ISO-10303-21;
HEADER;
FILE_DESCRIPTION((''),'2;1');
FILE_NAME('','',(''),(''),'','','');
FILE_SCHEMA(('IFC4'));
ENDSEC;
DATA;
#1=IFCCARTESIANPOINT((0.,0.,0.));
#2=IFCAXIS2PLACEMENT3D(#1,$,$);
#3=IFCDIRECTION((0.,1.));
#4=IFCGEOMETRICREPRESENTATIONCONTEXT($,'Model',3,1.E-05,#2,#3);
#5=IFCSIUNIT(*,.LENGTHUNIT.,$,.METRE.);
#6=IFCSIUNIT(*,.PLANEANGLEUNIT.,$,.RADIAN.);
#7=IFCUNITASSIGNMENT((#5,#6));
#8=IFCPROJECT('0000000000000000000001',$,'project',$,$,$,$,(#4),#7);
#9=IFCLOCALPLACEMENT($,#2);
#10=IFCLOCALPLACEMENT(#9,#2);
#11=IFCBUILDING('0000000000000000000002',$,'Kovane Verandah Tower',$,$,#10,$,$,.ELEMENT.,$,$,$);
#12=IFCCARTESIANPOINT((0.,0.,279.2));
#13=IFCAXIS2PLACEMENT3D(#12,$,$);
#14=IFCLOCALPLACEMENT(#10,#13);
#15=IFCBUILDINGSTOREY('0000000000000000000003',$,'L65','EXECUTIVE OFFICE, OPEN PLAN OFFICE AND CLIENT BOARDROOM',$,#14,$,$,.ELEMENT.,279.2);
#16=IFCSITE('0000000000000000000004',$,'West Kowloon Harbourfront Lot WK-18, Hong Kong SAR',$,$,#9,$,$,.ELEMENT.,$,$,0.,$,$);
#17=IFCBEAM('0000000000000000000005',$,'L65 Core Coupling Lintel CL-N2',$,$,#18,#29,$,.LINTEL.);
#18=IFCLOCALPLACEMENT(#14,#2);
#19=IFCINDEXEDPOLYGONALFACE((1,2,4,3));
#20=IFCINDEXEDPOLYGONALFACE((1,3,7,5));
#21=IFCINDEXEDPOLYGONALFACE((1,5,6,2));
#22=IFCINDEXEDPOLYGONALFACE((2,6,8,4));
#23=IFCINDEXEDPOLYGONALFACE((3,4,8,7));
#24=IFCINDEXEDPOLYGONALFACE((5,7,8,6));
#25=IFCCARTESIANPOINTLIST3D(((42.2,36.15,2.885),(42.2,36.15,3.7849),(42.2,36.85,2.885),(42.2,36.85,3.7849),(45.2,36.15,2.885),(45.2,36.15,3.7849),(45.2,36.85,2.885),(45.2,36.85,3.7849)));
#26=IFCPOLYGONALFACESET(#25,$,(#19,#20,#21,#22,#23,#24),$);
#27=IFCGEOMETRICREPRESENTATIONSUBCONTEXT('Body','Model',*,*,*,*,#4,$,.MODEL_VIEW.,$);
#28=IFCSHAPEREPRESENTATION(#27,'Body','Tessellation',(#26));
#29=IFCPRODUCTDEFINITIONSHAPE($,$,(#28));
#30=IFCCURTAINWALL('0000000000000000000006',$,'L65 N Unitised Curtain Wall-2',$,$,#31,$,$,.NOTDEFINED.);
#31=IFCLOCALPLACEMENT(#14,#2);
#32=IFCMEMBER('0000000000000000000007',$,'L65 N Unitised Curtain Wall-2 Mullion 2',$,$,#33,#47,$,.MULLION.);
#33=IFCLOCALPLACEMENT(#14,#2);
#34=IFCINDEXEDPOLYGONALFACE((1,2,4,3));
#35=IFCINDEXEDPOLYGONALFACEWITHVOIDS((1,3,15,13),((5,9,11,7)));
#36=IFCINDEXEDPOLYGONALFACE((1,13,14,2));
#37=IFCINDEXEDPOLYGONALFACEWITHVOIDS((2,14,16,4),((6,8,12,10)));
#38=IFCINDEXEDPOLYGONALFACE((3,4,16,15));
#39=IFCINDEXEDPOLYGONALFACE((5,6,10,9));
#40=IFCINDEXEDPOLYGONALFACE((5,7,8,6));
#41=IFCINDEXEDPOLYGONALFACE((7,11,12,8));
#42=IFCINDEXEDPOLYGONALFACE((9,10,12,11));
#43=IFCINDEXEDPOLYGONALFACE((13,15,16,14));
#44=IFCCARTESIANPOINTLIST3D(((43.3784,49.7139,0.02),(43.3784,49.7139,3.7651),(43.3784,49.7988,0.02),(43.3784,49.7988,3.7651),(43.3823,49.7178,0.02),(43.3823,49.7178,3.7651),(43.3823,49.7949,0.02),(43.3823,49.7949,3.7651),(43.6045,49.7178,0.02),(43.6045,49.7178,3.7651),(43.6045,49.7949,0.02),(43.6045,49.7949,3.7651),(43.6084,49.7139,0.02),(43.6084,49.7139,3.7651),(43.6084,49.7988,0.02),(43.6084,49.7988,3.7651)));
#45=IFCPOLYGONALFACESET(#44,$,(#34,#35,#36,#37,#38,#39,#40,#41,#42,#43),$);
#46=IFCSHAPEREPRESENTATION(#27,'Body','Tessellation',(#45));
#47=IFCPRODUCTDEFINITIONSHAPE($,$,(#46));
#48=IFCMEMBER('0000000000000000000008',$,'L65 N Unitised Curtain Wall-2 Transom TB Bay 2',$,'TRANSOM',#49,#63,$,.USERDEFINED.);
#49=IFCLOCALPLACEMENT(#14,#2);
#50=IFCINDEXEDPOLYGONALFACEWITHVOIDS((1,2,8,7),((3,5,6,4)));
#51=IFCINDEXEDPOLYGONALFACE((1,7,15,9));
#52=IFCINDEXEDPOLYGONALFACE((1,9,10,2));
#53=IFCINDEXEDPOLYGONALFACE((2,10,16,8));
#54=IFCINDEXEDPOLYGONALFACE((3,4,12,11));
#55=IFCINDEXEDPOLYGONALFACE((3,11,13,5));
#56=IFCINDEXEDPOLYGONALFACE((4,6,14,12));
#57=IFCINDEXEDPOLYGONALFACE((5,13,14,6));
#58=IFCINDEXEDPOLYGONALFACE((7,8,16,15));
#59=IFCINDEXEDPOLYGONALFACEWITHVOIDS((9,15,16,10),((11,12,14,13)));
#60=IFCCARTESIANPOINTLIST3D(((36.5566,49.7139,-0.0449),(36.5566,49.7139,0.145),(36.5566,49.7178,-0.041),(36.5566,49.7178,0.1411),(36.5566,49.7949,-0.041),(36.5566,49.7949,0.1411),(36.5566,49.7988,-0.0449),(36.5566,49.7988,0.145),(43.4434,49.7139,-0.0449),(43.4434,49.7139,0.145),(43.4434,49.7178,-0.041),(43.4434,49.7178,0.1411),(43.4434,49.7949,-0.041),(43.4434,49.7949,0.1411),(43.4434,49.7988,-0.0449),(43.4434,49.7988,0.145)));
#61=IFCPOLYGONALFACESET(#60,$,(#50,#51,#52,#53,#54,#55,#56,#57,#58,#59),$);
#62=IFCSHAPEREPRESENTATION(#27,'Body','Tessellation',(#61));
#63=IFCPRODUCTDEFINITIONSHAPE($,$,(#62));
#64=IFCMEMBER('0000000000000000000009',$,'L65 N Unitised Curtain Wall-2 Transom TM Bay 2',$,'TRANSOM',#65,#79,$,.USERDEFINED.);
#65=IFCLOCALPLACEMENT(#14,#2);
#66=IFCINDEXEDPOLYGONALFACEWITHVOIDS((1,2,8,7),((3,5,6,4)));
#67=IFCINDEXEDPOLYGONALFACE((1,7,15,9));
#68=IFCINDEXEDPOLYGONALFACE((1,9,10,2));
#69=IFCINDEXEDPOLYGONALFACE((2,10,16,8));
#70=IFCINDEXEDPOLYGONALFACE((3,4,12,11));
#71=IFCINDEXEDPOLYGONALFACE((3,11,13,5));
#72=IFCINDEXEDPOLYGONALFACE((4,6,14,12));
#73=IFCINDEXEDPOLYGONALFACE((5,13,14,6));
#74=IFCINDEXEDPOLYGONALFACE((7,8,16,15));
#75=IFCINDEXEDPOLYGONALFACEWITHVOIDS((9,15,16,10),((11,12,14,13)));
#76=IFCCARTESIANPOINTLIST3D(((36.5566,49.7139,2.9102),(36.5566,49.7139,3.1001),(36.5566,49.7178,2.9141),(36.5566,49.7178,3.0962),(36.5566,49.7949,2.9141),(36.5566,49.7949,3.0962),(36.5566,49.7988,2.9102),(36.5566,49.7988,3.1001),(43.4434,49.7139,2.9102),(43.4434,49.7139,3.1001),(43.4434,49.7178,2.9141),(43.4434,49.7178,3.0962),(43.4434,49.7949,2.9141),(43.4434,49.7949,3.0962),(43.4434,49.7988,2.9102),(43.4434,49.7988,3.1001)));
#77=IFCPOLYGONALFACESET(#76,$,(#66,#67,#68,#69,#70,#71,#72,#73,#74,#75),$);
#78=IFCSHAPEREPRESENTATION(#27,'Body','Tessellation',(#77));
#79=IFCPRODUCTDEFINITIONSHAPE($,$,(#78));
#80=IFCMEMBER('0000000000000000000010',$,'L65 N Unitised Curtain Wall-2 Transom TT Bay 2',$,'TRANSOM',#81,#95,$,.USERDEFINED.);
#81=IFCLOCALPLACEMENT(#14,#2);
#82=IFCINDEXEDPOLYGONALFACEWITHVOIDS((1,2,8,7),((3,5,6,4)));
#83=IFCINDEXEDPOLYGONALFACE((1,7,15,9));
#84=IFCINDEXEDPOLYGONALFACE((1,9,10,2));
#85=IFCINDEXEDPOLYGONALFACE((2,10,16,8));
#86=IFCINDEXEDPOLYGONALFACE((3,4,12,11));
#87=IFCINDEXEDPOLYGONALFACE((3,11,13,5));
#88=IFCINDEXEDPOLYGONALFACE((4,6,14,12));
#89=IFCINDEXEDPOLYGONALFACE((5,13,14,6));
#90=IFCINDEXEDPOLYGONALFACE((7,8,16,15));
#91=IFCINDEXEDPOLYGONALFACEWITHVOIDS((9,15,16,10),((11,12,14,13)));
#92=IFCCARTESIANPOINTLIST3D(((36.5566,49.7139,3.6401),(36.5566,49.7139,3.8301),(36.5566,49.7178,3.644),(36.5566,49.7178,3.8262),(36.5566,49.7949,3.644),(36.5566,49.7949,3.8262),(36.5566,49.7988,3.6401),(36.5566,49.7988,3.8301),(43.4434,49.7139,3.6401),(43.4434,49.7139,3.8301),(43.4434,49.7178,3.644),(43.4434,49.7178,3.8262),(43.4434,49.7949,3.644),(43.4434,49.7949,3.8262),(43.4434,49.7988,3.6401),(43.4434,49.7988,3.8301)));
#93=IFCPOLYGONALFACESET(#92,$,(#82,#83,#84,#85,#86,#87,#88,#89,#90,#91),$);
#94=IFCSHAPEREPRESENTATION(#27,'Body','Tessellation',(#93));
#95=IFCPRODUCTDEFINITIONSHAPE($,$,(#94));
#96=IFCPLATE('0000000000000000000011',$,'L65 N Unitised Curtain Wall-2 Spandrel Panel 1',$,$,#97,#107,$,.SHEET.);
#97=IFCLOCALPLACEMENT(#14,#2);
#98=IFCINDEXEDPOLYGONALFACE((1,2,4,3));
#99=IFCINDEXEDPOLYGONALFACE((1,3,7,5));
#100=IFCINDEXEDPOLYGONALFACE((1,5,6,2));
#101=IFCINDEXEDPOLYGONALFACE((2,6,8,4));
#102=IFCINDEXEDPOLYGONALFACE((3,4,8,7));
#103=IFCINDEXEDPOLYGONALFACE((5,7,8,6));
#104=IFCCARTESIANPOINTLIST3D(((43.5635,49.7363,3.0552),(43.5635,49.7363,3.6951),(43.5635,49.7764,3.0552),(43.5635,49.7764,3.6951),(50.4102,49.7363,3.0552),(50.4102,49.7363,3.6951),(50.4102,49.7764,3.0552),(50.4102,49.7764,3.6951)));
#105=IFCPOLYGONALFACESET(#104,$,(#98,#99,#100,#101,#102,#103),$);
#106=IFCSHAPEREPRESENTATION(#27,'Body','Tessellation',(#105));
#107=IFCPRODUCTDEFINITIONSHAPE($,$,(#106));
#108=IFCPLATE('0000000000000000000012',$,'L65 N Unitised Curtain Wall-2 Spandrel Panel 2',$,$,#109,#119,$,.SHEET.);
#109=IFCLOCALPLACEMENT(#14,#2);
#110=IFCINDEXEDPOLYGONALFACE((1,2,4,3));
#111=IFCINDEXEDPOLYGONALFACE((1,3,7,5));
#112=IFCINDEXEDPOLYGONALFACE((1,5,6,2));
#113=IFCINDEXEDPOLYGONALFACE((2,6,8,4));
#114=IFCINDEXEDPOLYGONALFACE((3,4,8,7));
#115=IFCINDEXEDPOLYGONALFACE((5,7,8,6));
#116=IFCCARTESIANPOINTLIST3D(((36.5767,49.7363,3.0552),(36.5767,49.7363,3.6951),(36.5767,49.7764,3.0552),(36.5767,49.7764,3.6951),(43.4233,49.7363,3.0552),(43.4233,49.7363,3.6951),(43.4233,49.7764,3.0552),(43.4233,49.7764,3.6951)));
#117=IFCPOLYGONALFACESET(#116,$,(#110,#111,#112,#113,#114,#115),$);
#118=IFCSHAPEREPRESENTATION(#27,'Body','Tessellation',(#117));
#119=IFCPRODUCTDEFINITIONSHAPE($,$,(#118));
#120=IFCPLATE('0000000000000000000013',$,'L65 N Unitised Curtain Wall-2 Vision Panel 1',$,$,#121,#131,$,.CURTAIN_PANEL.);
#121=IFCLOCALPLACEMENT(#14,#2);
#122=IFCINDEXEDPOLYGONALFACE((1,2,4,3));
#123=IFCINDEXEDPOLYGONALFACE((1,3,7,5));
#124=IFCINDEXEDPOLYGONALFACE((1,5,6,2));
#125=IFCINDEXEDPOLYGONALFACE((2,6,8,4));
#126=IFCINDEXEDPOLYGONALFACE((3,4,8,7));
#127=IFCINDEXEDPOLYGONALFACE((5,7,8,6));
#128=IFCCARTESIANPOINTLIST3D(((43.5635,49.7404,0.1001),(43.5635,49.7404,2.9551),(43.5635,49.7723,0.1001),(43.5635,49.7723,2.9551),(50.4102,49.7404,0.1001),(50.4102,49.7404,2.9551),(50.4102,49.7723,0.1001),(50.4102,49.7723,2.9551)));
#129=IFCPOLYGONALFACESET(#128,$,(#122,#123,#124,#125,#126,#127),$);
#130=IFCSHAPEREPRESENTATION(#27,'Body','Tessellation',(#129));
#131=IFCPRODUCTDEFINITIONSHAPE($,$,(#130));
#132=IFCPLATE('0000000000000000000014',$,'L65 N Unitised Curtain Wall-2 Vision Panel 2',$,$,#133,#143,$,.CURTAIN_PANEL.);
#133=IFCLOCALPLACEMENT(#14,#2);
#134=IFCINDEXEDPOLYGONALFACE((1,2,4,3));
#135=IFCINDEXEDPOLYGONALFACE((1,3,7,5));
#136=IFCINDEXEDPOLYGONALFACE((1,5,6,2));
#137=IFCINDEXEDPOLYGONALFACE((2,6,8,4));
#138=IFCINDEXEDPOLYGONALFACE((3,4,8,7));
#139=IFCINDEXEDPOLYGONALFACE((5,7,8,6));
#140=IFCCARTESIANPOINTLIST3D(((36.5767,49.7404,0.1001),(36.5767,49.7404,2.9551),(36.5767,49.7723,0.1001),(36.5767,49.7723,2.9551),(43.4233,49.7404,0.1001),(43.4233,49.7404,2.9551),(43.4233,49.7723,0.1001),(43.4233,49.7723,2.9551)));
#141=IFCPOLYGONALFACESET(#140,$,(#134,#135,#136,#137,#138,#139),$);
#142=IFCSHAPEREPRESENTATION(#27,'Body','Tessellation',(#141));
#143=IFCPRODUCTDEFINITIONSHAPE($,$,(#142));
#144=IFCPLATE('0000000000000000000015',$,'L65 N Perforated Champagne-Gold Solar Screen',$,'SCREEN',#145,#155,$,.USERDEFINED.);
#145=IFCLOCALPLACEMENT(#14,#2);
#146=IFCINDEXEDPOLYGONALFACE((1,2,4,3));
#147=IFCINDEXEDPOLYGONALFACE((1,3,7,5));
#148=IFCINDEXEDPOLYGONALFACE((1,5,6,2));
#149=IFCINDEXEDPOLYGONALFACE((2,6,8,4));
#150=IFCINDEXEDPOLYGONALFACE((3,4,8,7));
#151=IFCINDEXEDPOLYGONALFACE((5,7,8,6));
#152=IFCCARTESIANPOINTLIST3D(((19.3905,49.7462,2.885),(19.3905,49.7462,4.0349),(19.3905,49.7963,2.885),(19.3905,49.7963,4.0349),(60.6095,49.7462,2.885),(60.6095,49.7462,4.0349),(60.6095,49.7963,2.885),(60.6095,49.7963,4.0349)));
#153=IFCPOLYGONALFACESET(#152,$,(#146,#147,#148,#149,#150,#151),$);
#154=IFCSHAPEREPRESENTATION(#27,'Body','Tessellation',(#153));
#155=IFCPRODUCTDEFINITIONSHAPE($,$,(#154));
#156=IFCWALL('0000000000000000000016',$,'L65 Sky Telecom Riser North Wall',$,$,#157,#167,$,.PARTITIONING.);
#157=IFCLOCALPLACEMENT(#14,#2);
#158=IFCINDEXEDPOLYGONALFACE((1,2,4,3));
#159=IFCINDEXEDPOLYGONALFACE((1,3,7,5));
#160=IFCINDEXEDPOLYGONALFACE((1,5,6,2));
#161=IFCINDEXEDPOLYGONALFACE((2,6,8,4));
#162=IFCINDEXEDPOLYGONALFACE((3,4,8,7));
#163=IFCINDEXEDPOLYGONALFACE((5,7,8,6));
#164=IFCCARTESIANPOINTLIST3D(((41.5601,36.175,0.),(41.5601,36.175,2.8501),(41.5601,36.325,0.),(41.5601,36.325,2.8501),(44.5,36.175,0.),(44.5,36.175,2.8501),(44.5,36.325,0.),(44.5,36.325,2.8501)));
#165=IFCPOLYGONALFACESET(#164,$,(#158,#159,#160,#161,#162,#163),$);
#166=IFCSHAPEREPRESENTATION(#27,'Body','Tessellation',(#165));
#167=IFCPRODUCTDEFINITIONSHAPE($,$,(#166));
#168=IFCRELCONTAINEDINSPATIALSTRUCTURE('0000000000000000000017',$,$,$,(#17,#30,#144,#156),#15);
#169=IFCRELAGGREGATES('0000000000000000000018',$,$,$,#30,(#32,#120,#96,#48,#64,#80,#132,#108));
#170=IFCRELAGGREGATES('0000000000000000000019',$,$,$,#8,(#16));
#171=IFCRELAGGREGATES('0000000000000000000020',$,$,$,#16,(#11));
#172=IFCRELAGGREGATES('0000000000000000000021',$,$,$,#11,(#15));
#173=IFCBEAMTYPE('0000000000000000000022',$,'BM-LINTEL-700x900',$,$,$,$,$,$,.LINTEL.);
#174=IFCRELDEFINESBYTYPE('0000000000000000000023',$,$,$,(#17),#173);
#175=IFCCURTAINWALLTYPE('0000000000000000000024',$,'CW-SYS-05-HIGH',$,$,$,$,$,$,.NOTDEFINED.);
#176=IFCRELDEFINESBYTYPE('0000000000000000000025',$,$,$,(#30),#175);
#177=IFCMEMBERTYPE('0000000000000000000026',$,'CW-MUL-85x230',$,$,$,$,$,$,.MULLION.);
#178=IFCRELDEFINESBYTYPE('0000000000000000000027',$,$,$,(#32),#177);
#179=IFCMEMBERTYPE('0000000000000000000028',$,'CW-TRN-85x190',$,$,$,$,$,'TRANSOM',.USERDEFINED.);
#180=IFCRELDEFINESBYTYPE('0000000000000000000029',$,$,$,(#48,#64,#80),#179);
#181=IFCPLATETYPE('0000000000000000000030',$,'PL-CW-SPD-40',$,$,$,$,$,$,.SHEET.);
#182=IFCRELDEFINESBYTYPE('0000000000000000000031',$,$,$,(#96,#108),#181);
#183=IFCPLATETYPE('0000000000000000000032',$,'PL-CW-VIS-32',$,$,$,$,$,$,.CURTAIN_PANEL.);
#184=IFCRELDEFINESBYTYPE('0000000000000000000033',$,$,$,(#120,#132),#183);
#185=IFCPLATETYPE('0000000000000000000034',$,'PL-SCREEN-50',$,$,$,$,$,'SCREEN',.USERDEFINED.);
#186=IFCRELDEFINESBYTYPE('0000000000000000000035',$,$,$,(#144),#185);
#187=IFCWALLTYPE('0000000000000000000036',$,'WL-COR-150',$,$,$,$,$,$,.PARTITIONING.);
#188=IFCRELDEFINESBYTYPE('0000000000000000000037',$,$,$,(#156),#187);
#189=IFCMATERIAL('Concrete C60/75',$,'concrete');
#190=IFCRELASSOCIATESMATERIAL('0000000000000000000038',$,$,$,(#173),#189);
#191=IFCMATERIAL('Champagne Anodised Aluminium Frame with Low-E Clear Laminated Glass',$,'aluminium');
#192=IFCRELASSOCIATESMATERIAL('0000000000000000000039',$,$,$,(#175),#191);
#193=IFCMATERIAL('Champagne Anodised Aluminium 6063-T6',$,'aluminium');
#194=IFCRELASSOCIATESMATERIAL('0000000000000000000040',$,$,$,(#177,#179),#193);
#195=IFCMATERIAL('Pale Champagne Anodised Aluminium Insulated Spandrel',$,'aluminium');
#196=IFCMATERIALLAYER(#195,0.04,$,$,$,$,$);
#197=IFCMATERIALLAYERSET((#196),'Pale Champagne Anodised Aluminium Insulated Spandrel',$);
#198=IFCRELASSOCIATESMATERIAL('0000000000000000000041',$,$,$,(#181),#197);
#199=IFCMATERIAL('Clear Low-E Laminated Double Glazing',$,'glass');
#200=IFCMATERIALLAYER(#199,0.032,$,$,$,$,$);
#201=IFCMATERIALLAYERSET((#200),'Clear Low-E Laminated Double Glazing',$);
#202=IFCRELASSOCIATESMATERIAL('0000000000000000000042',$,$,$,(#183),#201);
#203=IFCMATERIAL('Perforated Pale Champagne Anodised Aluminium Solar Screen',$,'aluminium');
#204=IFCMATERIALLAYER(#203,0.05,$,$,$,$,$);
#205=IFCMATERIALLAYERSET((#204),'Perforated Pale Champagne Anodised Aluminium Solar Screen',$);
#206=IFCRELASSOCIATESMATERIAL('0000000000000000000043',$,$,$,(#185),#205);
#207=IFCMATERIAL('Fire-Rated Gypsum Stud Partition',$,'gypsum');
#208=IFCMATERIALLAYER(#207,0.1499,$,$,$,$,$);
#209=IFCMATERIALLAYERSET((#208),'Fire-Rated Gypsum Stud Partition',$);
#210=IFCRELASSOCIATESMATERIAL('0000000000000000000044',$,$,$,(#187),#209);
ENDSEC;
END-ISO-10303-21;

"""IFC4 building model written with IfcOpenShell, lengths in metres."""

from ifc_helpers import new_model, si_unit, direction, frame, frame_2d, origin, origin_2d, place, context, subcontext, project, spatial, rectangle, hollow_rectangle, extrude, material, layer, layer_set, material_profile, profile_set, type_object, element, aggregate, save


model = new_model("IFC4")

# Units and contexts
model_context = context("Model", 3, precision=1e-05, world=origin(), true_north=direction((0.0, 1.0)))
body_context = subcontext(model_context, "Body", "Model", "MODEL_VIEW")
ifc_project = project(units=[si_unit("LENGTHUNIT", "METRE"), si_unit("PLANEANGLEUNIT", "RADIAN")], contexts=[model_context])

# Site, building, storey
site_placement = place(None, origin())
site = spatial("IfcSite", under=ifc_project, at=site_placement, Name="West Kowloon Harbourfront Lot WK-18, Hong Kong SAR", CompositionType="ELEMENT", RefElevation=0.0)
building_placement = place(site_placement, origin())
building = spatial("IfcBuilding", under=site, at=building_placement, Name="Kovane Verandah Tower", CompositionType="ELEMENT")
storey_placement = place(building_placement, frame((0.0, 0.0, 279.2)))
storey = spatial("IfcBuildingStorey", under=building, at=storey_placement, Name="L65", Description="EXECUTIVE OFFICE, OPEN PLAN OFFICE AND CLIENT BOARDROOM", CompositionType="ELEMENT", Elevation=279.2)

# Beam
ifc_material_1 = material(Name="Concrete C60/75", Category="concrete")
ifc_material_profile_1 = material_profile(ifc_material_1, rectangle(XDim=0.7, YDim=0.8999, at=origin_2d()), Name="RCB700x900")
ifc_profile_set_1 = profile_set([ifc_material_profile_1], Name="Concrete C60/75")
beam_type = type_object("IfcBeamType", Name="BM-LINTEL-700x900", PredefinedType="LINTEL", material=ifc_profile_set_1)
beam_placement = place(storey_placement, frame((42.2, 36.5, 3.335), z_axis=(1.0, 0.0, 0.0), x_axis=(0.0, 1.0, 0.0)))
element("IfcBeam", 1, at=beam_placement, inside=storey, type_object=beam_type, Name="L65 Core Coupling Lintel CL-N2", PredefinedType="LINTEL", context=body_context, shape_type="SweptSolid", body=[
    extrude(rectangle(XDim=0.7, YDim=0.8999, at=origin_2d()), origin(), (0.0, 0.0, 1.0), 3.0),
])

# Curtain wall, members, plates
ifc_material_2 = material(Name="Champagne Anodised Aluminium Frame with Low-E Clear Laminated Glass", Category="aluminium")
curtain_wall_type = type_object("IfcCurtainWallType", Name="CW-SYS-05-HIGH", PredefinedType="NOTDEFINED", material=ifc_material_2)
curtain_wall_placement = place(storey_placement, origin())
curtain_wall = element("IfcCurtainWall", 2, at=curtain_wall_placement, inside=storey, type_object=curtain_wall_type, Name="L65 N Unitised Curtain Wall-2", PredefinedType="NOTDEFINED")
ifc_material_3 = material(Name="Champagne Anodised Aluminium 6063-T6", Category="aluminium")
ifc_material_profile_2 = material_profile(ifc_material_3, hollow_rectangle(XDim=0.085, YDim=0.23, WallThickness=0.0039, at=origin_2d()), Name="AL85x230x4")
ifc_profile_set_2 = profile_set([ifc_material_profile_2], Name="Champagne Anodised Aluminium 6063-T6")
member_type_1 = type_object("IfcMemberType", Name="CW-MUL-85x230", PredefinedType="MULLION", material=ifc_profile_set_2)
member_1_placement = place(storey_placement, frame((43.4934, 49.7563, 0.02), z_axis=(0.0, 0.0, 1.0), x_axis=(0.0, 1.0, 0.0)))
member_1 = element("IfcMember", 3, at=member_1_placement, type_object=member_type_1, Name="L65 N Unitised Curtain Wall-2 Mullion 2", PredefinedType="MULLION", context=body_context, shape_type="SweptSolid", body=[
    extrude(hollow_rectangle(XDim=0.085, YDim=0.23, WallThickness=0.0039, at=origin_2d()), origin(), (0.0, 0.0, 1.0), 3.7451),
])
ifc_material_profile_3 = material_profile(ifc_material_3, hollow_rectangle(XDim=0.085, YDim=0.1899, WallThickness=0.0039, at=origin_2d()), Name="AL85x190x4")
ifc_profile_set_3 = profile_set([ifc_material_profile_3], Name="Champagne Anodised Aluminium 6063-T6")
member_type_2 = type_object("IfcMemberType", Name="CW-TRN-85x190", ElementType="TRANSOM", PredefinedType="USERDEFINED", material=ifc_profile_set_3)
member_2_placement = place(storey_placement, frame((43.4434, 49.7563, 0.05), z_axis=(-1.0, 0.0, 0.0), x_axis=(0.0, -1.0, 0.0)))
member_2 = element("IfcMember", 4, at=member_2_placement, type_object=member_type_2, Name="L65 N Unitised Curtain Wall-2 Transom TB Bay 2", ObjectType="TRANSOM", PredefinedType="USERDEFINED", context=body_context, shape_type="SweptSolid", body=[
    extrude(hollow_rectangle(XDim=0.085, YDim=0.1899, WallThickness=0.0039, at=origin_2d()), origin(), (0.0, 0.0, 1.0), 6.8867),
])
member_3_placement = place(storey_placement, frame((43.4434, 49.7563, 3.0051), z_axis=(-1.0, 0.0, 0.0), x_axis=(0.0, -1.0, 0.0)))
member_3 = element("IfcMember", 5, at=member_3_placement, type_object=member_type_2, Name="L65 N Unitised Curtain Wall-2 Transom TM Bay 2", ObjectType="TRANSOM", PredefinedType="USERDEFINED", context=body_context, shape_type="SweptSolid", body=[
    extrude(hollow_rectangle(XDim=0.085, YDim=0.1899, WallThickness=0.0039, at=origin_2d()), origin(), (0.0, 0.0, 1.0), 6.8867),
])
member_4_placement = place(storey_placement, frame((43.4434, 49.7563, 3.7351), z_axis=(-1.0, 0.0, 0.0), x_axis=(0.0, -1.0, 0.0)))
member_4 = element("IfcMember", 6, at=member_4_placement, type_object=member_type_2, Name="L65 N Unitised Curtain Wall-2 Transom TT Bay 2", ObjectType="TRANSOM", PredefinedType="USERDEFINED", context=body_context, shape_type="SweptSolid", body=[
    extrude(hollow_rectangle(XDim=0.085, YDim=0.1899, WallThickness=0.0039, at=origin_2d()), origin(), (0.0, 0.0, 1.0), 6.8867),
])
ifc_material_4 = material(Name="Pale Champagne Anodised Aluminium Insulated Spandrel", Category="aluminium")
ifc_layer_1 = layer(ifc_material_4, 0.04)
ifc_layer_set_1 = layer_set([ifc_layer_1], Name="Pale Champagne Anodised Aluminium Insulated Spandrel")
plate_type_1 = type_object("IfcPlateType", Name="PL-CW-SPD-40", PredefinedType="SHEET", material=ifc_layer_set_1)
plate_1_placement = place(storey_placement, frame((46.9868, 49.7563, 3.0552), z_axis=(0.0, 0.0, 1.0), x_axis=(-1.0, 0.0, 0.0)))
plate_1 = element("IfcPlate", 7, at=plate_1_placement, type_object=plate_type_1, Name="L65 N Unitised Curtain Wall-2 Spandrel Panel 1", PredefinedType="SHEET", context=body_context, shape_type="SweptSolid", body=[
    extrude(rectangle(XDim=6.8467, YDim=0.04, at=origin_2d()), origin(), (0.0, 0.0, 1.0), 0.6399),
])
plate_2_placement = place(storey_placement, frame((40.0, 49.7563, 3.0552), z_axis=(0.0, 0.0, 1.0), x_axis=(-1.0, 0.0, 0.0)))
plate_2 = element("IfcPlate", 8, at=plate_2_placement, type_object=plate_type_1, Name="L65 N Unitised Curtain Wall-2 Spandrel Panel 2", PredefinedType="SHEET", context=body_context, shape_type="SweptSolid", body=[
    extrude(rectangle(XDim=6.8467, YDim=0.04, at=origin_2d()), origin(), (0.0, 0.0, 1.0), 0.6399),
])
ifc_material_5 = material(Name="Clear Low-E Laminated Double Glazing", Category="glass")
ifc_layer_2 = layer(ifc_material_5, 0.032)
ifc_layer_set_2 = layer_set([ifc_layer_2], Name="Clear Low-E Laminated Double Glazing")
plate_type_2 = type_object("IfcPlateType", Name="PL-CW-VIS-32", PredefinedType="CURTAIN_PANEL", material=ifc_layer_set_2)
plate_3_placement = place(storey_placement, frame((46.9868, 49.7563, 0.1001), z_axis=(0.0, 0.0, 1.0), x_axis=(-1.0, 0.0, 0.0)))
plate_3 = element("IfcPlate", 9, at=plate_3_placement, type_object=plate_type_2, Name="L65 N Unitised Curtain Wall-2 Vision Panel 1", PredefinedType="CURTAIN_PANEL", context=body_context, shape_type="SweptSolid", body=[
    extrude(rectangle(XDim=6.8467, YDim=0.032, at=origin_2d()), origin(), (0.0, 0.0, 1.0), 2.855),
])
plate_4_placement = place(storey_placement, frame((40.0, 49.7563, 0.1001), z_axis=(0.0, 0.0, 1.0), x_axis=(-1.0, 0.0, 0.0)))
plate_4 = element("IfcPlate", 10, at=plate_4_placement, type_object=plate_type_2, Name="L65 N Unitised Curtain Wall-2 Vision Panel 2", PredefinedType="CURTAIN_PANEL", context=body_context, shape_type="SweptSolid", body=[
    extrude(rectangle(XDim=6.8467, YDim=0.032, at=origin_2d()), origin(), (0.0, 0.0, 1.0), 2.855),
])
aggregate(curtain_wall, [member_1, plate_3, plate_1, member_2, member_3, member_4, plate_4, plate_2])

# Plate
ifc_material_6 = material(Name="Perforated Pale Champagne Anodised Aluminium Solar Screen", Category="aluminium")
ifc_layer_3 = layer(ifc_material_6, 0.05)
ifc_layer_set_3 = layer_set([ifc_layer_3], Name="Perforated Pale Champagne Anodised Aluminium Solar Screen")
plate_type_3 = type_object("IfcPlateType", Name="PL-SCREEN-50", ElementType="SCREEN", PredefinedType="USERDEFINED", material=ifc_layer_set_3)
plate_5_placement = place(storey_placement, frame((40.0, 49.7712, 2.885), z_axis=(0.0, 0.0, 1.0), x_axis=(-1.0, 0.0, 0.0)))
element("IfcPlate", 11, at=plate_5_placement, inside=storey, type_object=plate_type_3, Name="L65 N Perforated Champagne-Gold Solar Screen", ObjectType="SCREEN", PredefinedType="USERDEFINED", context=body_context, shape_type="SweptSolid", body=[
    extrude(rectangle(XDim=41.219, YDim=0.05, at=origin_2d()), origin(), (0.0, 0.0, 1.0), 1.1499),
])

# Wall
ifc_material_7 = material(Name="Fire-Rated Gypsum Stud Partition", Category="gypsum")
ifc_layer_4 = layer(ifc_material_7, 0.1499)
ifc_layer_set_4 = layer_set([ifc_layer_4], Name="Fire-Rated Gypsum Stud Partition")
wall_type_1 = type_object("IfcWallType", Name="WL-COR-150", PredefinedType="PARTITIONING", material=ifc_layer_set_4)
wall_1_placement = place(storey_placement, frame((41.5601, 36.25, 0.0), z_axis=(0.0, 0.0, 1.0), x_axis=(1.0, 0.0, 0.0)))
element("IfcWall", 12, at=wall_1_placement, inside=storey, type_object=wall_type_1, Name="L65 Sky Telecom Riser North Wall", PredefinedType="PARTITIONING", context=body_context, shape_type="SweptSolid", body=[
    extrude(rectangle(XDim=2.9399, YDim=0.1499, at=frame_2d((1.47, 0.0))), origin(), (0.0, 0.0, 1.0), 2.8501),
])

save(model, "model.ifc")
